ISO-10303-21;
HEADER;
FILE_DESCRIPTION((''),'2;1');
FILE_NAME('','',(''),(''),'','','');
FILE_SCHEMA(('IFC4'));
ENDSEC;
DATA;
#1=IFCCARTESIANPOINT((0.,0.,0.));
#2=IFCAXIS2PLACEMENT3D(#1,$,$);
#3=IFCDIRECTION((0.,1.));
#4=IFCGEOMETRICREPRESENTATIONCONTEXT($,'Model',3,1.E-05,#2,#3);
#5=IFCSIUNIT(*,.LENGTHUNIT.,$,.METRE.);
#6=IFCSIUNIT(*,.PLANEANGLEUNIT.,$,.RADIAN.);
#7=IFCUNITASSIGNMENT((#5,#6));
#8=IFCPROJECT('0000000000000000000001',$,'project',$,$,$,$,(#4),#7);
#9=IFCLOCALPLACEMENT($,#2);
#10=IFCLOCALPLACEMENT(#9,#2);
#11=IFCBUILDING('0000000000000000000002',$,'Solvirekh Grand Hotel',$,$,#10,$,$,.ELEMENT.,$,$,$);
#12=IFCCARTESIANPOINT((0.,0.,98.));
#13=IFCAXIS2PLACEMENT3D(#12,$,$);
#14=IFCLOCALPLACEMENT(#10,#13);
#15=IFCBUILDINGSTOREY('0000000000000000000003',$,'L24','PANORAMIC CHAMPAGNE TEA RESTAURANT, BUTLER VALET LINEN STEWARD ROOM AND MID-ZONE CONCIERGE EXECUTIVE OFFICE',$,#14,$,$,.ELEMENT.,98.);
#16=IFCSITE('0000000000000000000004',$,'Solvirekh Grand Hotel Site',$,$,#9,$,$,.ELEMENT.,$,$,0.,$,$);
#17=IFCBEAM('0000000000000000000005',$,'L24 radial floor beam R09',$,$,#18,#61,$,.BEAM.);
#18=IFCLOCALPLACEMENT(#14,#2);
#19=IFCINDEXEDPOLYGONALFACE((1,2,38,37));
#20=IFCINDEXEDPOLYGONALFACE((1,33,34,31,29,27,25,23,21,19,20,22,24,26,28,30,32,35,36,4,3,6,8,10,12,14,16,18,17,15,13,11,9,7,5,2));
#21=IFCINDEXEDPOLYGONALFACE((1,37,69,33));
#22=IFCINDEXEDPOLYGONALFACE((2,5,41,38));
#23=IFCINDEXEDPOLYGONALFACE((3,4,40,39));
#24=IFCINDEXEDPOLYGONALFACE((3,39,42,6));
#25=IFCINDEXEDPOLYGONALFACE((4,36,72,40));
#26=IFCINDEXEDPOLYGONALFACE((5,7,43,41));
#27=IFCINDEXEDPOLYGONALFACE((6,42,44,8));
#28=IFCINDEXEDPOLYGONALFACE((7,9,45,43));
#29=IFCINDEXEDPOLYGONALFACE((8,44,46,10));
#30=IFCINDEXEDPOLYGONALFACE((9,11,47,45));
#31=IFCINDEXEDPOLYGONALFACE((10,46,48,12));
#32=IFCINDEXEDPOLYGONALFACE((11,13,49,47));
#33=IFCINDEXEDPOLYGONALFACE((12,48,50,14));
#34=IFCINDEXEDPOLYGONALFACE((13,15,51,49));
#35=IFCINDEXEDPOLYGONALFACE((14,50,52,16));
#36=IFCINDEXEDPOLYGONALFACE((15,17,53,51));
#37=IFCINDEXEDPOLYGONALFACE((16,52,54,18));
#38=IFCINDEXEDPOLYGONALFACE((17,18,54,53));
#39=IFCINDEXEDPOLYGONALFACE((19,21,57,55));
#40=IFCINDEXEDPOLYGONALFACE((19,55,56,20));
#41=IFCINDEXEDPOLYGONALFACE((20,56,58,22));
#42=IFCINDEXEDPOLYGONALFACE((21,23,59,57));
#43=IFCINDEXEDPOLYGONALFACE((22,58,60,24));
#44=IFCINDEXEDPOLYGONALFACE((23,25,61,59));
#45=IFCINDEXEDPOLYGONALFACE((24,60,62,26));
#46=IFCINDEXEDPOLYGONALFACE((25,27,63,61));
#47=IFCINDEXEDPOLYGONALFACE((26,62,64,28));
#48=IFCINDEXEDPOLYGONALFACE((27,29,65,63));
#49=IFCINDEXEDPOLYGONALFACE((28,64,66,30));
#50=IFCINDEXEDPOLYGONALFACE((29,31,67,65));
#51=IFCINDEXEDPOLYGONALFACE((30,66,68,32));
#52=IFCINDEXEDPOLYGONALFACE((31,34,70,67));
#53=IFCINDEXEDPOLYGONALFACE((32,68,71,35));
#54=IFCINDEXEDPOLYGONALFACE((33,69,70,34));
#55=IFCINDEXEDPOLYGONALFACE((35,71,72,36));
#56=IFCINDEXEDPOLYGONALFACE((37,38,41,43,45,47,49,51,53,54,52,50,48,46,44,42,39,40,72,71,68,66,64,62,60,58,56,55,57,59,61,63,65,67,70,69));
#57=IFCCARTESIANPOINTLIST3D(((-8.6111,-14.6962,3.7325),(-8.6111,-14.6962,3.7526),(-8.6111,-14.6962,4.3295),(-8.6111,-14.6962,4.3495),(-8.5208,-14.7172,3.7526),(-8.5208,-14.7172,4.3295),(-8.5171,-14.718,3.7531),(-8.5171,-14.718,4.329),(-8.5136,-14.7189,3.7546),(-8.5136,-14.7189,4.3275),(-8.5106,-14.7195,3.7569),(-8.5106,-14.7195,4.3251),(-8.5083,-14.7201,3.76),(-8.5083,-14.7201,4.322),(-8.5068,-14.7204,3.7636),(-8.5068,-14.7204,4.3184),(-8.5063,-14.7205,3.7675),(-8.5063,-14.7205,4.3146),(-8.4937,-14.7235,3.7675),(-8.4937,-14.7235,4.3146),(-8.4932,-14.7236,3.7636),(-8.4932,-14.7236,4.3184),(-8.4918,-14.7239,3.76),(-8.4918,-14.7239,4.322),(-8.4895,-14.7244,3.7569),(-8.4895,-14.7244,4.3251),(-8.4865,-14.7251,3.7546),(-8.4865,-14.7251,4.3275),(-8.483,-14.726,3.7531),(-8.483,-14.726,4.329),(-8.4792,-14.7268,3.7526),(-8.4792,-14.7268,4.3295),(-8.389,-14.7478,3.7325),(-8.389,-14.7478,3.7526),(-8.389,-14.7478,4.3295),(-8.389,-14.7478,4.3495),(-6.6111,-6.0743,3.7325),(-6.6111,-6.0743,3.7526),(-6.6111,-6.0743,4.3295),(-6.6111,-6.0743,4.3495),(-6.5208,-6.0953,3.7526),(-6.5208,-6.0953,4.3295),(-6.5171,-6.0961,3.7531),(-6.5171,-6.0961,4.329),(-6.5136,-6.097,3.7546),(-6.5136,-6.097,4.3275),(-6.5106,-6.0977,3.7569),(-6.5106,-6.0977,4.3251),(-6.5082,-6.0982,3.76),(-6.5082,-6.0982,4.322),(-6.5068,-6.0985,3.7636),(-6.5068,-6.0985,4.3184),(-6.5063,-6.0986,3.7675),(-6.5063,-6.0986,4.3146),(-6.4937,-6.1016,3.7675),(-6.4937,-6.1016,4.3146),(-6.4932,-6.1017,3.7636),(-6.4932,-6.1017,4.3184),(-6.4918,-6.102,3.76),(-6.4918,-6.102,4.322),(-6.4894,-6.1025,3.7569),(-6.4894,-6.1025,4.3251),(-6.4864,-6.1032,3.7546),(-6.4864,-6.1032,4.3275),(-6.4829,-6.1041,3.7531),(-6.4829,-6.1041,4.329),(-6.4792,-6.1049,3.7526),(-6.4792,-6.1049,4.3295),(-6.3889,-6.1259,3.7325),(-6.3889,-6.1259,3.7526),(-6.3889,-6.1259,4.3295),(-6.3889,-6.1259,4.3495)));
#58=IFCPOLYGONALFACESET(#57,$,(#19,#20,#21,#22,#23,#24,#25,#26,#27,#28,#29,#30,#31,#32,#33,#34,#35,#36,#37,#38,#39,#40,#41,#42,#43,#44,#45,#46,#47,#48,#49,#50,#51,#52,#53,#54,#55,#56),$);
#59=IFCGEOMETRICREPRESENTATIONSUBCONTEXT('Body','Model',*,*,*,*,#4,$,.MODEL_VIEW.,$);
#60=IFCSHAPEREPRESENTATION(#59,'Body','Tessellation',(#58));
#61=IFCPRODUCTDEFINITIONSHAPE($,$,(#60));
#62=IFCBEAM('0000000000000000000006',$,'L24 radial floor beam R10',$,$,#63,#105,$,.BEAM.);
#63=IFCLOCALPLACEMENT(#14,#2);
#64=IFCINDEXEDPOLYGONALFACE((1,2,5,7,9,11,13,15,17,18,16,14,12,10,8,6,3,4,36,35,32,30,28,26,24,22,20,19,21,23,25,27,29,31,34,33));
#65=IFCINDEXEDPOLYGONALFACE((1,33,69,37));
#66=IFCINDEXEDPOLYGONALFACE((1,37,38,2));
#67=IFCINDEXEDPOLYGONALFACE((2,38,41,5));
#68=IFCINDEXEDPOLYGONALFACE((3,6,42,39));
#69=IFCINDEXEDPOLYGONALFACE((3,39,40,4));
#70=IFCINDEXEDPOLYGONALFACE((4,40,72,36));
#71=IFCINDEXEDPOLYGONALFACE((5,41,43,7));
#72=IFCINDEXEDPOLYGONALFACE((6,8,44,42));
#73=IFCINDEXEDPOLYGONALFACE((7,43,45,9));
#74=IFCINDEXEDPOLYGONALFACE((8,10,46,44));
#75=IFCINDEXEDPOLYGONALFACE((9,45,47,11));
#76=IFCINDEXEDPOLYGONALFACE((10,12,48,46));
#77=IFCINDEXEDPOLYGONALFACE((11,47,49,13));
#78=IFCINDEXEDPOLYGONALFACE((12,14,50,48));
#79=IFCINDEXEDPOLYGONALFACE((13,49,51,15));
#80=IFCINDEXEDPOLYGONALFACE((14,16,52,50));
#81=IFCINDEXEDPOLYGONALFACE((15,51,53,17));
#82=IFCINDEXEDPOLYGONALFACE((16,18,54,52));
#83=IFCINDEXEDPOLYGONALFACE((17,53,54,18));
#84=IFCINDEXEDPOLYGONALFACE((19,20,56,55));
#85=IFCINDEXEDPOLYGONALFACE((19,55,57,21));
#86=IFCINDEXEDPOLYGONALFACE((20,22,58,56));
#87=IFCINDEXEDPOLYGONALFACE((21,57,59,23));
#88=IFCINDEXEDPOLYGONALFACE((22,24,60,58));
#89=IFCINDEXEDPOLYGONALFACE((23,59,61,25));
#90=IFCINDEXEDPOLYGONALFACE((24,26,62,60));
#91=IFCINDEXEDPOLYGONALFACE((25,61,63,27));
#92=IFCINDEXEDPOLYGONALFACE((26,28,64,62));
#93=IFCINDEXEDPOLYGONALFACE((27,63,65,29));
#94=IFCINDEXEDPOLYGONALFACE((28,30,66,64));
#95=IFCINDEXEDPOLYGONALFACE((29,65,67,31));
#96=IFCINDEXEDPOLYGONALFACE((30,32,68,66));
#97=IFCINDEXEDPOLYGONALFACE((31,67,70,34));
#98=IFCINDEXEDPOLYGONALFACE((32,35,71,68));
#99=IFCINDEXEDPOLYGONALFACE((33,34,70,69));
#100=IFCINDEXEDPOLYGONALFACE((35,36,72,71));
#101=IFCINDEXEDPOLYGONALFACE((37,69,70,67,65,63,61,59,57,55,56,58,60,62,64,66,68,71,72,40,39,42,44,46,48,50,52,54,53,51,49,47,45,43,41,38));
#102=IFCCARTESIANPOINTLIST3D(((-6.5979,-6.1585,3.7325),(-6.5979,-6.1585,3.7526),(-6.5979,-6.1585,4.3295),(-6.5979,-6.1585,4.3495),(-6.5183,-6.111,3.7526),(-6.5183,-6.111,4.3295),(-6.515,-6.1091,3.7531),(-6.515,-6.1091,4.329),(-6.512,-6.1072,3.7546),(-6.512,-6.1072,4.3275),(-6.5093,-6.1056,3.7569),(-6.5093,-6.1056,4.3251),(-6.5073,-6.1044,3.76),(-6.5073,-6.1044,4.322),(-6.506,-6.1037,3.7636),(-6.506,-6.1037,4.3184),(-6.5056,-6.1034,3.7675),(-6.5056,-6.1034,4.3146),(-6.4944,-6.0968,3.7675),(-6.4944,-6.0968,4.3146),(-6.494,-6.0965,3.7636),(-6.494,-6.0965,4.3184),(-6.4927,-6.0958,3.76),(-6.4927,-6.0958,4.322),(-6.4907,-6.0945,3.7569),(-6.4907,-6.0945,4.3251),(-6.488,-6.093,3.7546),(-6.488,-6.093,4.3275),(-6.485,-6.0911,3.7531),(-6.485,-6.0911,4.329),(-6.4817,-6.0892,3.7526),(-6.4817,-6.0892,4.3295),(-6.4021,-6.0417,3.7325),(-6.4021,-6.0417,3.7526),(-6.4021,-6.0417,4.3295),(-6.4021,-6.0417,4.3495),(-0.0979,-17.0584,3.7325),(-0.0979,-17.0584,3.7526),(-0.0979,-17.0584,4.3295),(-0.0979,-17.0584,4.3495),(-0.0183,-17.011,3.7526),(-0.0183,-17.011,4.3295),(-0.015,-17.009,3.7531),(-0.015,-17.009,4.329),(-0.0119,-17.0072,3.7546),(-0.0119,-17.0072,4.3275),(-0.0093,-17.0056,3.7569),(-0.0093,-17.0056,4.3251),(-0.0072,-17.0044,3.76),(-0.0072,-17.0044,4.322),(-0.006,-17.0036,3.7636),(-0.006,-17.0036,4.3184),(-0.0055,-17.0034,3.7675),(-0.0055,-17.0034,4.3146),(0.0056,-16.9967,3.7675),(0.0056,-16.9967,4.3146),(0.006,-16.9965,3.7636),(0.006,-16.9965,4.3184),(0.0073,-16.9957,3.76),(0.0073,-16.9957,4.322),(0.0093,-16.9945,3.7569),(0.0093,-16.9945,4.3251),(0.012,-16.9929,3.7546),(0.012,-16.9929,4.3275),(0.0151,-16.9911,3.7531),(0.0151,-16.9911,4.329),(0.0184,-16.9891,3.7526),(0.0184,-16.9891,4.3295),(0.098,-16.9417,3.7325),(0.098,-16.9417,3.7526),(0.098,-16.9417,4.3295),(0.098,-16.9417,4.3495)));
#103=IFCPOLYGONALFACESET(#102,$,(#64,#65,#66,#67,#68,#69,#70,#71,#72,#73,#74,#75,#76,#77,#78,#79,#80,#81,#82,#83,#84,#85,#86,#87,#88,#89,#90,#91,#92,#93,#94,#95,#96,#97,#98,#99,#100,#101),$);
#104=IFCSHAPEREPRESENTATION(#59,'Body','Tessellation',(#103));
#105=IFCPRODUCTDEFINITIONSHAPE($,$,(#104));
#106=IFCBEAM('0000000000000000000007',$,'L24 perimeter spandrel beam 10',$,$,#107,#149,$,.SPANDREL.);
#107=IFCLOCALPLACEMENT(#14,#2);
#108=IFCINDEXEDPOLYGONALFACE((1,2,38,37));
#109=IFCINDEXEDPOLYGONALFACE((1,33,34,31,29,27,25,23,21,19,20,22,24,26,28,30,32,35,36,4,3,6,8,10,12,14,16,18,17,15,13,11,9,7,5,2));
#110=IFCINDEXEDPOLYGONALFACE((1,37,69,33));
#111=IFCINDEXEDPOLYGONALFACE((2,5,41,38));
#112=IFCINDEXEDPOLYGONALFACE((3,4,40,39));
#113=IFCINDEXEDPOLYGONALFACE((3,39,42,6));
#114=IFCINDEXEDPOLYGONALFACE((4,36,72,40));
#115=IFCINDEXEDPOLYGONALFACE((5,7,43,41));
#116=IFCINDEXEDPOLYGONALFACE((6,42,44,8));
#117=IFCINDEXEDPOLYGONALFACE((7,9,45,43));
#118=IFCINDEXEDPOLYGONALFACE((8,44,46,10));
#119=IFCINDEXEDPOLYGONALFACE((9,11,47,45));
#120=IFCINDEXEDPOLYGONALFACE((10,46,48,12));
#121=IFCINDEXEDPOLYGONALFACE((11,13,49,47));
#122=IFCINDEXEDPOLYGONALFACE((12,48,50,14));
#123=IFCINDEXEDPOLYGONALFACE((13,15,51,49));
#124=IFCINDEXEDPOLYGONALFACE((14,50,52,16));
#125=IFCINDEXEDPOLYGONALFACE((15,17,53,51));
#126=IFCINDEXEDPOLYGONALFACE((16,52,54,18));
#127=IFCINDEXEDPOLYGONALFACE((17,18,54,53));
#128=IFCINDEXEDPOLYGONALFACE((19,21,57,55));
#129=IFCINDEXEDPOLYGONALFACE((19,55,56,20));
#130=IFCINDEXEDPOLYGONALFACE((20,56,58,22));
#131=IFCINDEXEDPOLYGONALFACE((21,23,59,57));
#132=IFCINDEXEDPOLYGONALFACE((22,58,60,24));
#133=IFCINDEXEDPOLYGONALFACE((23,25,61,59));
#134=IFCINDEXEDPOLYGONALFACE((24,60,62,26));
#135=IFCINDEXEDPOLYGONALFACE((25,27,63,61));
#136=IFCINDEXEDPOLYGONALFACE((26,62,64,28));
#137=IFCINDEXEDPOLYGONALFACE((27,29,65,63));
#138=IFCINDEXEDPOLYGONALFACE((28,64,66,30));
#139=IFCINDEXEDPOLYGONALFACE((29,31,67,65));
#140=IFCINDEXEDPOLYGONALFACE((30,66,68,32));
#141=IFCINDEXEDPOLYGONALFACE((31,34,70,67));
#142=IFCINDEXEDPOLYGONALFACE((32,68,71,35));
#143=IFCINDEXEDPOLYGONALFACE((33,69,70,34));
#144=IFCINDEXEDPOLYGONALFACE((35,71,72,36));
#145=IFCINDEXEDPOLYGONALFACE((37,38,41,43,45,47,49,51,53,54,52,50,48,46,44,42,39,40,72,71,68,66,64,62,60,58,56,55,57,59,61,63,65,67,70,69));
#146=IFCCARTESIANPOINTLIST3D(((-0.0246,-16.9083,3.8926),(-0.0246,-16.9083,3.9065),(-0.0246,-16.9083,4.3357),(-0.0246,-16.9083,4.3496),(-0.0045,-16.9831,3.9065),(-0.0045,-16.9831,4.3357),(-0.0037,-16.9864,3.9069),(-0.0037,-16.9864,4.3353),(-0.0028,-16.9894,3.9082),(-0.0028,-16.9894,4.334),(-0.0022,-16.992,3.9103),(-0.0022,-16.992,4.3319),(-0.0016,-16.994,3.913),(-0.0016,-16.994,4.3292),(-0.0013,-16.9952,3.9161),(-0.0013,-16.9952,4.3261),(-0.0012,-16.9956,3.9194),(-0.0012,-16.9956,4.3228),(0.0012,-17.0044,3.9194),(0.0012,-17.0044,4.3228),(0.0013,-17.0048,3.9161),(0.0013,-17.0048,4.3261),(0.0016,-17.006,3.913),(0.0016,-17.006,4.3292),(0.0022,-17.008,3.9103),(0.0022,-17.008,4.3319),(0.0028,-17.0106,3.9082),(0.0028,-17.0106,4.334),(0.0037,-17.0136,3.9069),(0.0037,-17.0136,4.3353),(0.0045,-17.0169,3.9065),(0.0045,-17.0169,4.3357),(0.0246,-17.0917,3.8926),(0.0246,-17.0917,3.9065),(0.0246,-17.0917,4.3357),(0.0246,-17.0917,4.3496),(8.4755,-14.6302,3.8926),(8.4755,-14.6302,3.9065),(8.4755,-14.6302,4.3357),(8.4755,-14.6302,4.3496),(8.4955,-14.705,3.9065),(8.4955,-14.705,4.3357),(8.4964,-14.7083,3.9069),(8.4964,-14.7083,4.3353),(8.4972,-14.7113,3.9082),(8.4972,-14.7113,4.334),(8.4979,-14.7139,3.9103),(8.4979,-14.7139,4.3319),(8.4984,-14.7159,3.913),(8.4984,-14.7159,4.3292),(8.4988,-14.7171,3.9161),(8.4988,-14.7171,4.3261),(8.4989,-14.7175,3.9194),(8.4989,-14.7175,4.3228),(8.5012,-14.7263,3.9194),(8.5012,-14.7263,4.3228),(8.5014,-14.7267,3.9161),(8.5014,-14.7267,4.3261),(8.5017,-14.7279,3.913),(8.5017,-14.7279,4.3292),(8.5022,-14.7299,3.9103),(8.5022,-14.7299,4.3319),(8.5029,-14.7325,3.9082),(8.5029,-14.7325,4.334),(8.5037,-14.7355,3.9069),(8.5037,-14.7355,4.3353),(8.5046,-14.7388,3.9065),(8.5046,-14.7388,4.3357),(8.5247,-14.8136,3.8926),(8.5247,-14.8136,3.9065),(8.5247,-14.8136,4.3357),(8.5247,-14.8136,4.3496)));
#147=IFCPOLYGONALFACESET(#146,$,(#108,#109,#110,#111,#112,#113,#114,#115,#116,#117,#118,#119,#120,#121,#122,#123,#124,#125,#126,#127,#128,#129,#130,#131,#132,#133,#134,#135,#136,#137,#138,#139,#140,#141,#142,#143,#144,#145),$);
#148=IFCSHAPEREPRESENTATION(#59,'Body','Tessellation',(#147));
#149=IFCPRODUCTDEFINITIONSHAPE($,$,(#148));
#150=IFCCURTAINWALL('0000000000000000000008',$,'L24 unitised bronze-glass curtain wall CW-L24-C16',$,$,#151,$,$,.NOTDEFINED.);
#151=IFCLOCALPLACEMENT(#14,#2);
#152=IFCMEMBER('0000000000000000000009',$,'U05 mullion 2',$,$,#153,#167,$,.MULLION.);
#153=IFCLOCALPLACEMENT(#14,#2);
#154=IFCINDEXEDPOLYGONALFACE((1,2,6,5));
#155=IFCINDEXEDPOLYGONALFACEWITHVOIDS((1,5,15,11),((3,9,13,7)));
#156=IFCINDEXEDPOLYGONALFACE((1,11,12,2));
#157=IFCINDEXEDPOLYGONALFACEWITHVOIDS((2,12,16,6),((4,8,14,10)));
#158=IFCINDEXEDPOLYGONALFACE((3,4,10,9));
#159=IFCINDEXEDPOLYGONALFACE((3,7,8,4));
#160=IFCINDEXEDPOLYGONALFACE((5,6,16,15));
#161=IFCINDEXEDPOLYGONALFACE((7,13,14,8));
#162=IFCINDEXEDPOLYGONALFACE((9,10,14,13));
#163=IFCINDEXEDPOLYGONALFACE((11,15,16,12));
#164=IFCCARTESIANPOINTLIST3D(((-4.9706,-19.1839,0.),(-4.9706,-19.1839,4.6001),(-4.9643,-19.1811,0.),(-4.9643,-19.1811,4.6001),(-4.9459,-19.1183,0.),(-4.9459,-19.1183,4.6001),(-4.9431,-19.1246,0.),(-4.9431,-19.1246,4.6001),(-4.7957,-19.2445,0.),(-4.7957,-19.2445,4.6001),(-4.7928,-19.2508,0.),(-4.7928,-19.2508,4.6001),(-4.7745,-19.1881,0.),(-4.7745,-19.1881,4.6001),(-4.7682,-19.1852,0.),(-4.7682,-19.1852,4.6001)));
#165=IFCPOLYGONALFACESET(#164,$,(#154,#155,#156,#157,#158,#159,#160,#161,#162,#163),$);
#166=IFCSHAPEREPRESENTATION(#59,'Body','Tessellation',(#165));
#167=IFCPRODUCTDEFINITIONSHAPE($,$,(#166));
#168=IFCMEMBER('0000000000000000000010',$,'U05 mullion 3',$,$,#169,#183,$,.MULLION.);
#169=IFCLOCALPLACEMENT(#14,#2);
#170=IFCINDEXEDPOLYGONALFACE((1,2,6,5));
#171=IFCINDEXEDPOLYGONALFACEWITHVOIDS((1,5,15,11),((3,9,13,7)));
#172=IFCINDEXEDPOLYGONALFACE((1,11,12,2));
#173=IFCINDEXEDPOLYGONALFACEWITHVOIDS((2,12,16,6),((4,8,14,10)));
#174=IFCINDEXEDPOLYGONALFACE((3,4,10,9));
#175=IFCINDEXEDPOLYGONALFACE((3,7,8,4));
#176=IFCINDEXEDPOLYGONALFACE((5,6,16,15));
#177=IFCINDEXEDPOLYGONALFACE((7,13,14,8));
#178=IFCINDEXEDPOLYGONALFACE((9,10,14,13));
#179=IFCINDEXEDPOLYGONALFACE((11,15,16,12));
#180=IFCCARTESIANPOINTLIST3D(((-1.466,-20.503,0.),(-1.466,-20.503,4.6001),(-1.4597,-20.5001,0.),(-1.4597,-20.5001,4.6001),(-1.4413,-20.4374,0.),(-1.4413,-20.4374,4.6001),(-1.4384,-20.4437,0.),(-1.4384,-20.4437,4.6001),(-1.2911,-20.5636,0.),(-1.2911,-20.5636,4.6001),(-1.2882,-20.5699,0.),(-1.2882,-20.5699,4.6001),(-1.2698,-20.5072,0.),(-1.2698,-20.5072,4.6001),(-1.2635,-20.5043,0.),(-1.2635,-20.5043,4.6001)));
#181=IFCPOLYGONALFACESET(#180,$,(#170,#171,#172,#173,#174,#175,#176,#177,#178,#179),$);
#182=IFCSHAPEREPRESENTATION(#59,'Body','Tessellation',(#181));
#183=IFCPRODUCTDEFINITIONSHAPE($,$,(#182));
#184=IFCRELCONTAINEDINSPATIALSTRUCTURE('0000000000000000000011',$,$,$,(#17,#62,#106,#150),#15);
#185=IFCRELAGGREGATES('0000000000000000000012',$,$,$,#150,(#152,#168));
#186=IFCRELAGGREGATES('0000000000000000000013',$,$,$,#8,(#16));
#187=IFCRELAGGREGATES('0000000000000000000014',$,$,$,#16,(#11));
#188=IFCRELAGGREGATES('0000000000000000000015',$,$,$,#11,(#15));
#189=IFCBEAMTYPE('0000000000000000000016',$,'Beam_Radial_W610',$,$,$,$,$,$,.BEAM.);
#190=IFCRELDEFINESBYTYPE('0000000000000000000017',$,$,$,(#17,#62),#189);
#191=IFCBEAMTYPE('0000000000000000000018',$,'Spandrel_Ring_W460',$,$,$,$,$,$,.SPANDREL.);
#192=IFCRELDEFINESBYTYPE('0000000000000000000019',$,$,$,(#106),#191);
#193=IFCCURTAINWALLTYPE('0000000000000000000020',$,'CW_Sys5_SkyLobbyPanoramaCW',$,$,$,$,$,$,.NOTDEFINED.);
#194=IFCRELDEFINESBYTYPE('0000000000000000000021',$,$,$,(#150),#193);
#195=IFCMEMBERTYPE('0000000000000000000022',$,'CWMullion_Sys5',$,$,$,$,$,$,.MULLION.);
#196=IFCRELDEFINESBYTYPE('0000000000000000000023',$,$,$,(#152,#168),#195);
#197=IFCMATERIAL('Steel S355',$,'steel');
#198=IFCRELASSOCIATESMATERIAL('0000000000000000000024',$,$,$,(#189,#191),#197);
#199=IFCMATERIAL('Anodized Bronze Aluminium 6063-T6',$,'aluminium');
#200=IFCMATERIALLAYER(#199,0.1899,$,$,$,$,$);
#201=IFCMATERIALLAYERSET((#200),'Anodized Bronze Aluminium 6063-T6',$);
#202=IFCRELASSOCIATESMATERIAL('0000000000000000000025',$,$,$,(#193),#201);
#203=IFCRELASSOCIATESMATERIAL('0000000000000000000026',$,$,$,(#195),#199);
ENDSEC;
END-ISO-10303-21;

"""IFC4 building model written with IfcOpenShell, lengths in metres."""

from ifc_helpers import new_model, si_unit, direction, frame, origin, origin_2d, place, context, subcontext, project, spatial, hollow_rectangle, i_section, extrude, source, transform, mapped, material, layer, layer_set, material_profile, profile_set, type_object, element, aggregate, save


model = new_model("IFC4")

# Units and contexts
model_context = context("Model", 3, precision=1e-05, world=origin(), true_north=direction((0.0, 1.0)))
body_context = subcontext(model_context, "Body", "Model", "MODEL_VIEW")
ifc_project = project(units=[si_unit("LENGTHUNIT", "METRE"), si_unit("PLANEANGLEUNIT", "RADIAN")], contexts=[model_context])

# Site, building, storey
site_placement = place(None, origin())
site = spatial("IfcSite", under=ifc_project, at=site_placement, Name="Solvirekh Grand Hotel Site", CompositionType="ELEMENT", RefElevation=0.0)
building_placement = place(site_placement, origin())
building = spatial("IfcBuilding", under=site, at=building_placement, Name="Solvirekh Grand Hotel", CompositionType="ELEMENT")
storey_placement = place(building_placement, frame((0.0, 0.0, 98.0)))
storey = spatial("IfcBuildingStorey", under=building, at=storey_placement, Name="L24", Description="PANORAMIC CHAMPAGNE TEA RESTAURANT, BUTLER VALET LINEN STEWARD ROOM AND MID-ZONE CONCIERGE EXECUTIVE OFFICE", CompositionType="ELEMENT", Elevation=98.0)

# Beams
ifc_material_1 = material(Name="Steel S355", Category="steel")
ifc_material_profile_1 = material_profile(ifc_material_1, i_section(OverallWidth=0.228, OverallDepth=0.6169, WebThickness=0.0129, FlangeThickness=0.02, FilletRadius=0.0149, at=origin_2d()), Name="W610X140")
ifc_profile_set_1 = profile_set([ifc_material_profile_1], Name="Steel S355")
beam_type_1 = type_object("IfcBeamType", Name="Beam_Radial_W610", PredefinedType="BEAM", material=ifc_profile_set_1)
beam_1_placement = place(storey_placement, frame((-6.5, -6.1001, 4.041), z_axis=(-0.225969, -0.974134, 0.0), x_axis=(0.974134, -0.225969, 0.0)))
element("IfcBeam", 1, at=beam_1_placement, inside=storey, type_object=beam_type_1, Name="L24 radial floor beam R09", PredefinedType="BEAM", context=body_context, shape_type="SweptSolid", body=[
    extrude(i_section(OverallWidth=0.228, OverallDepth=0.6169, WebThickness=0.0129, FlangeThickness=0.02, FilletRadius=0.0149, at=origin_2d()), origin(), (0.0, 0.0, 1.0), 8.8508),
])
beam_2_placement = place(storey_placement, frame((-6.5, -6.1001, 4.041), z_axis=(0.51218, -0.858878, 0.0), x_axis=(0.858878, 0.51218, 0.0)))
element("IfcBeam", 2, at=beam_2_placement, inside=storey, type_object=beam_type_1, Name="L24 radial floor beam R10", PredefinedType="BEAM", context=body_context, shape_type="SweptSolid", body=[
    extrude(i_section(OverallWidth=0.228, OverallDepth=0.6169, WebThickness=0.0129, FlangeThickness=0.02, FilletRadius=0.0149, at=origin_2d()), origin(), (0.0, 0.0, 1.0), 12.6909),
])
ifc_material_profile_2 = material_profile(ifc_material_1, i_section(OverallWidth=0.1899, OverallDepth=0.457, WebThickness=0.009, FlangeThickness=0.0139, FilletRadius=0.0129, at=origin_2d()), Name="W460X74")
ifc_profile_set_2 = profile_set([ifc_material_profile_2], Name="Steel S355")
beam_type_2 = type_object("IfcBeamType", Name="Spandrel_Ring_W460", PredefinedType="SPANDREL", material=ifc_profile_set_2)
beam_3_placement = place(storey_placement, frame((0.0, -17.0, 4.1211), z_axis=(0.965911, 0.258873, 0.0), x_axis=(-0.258873, 0.965911, 0.0)))
element("IfcBeam", 3, at=beam_3_placement, inside=storey, type_object=beam_type_2, Name="L24 perimeter spandrel beam 10", PredefinedType="SPANDREL", context=body_context, shape_type="SweptSolid", body=[
    extrude(i_section(OverallWidth=0.1899, OverallDepth=0.457, WebThickness=0.009, FlangeThickness=0.0139, FilletRadius=0.0129, at=origin_2d()), origin(), (0.0, 0.0, 1.0), 8.8),
])

# Curtain wall, members
ifc_material_2 = material(Name="Anodized Bronze Aluminium 6063-T6", Category="aluminium")
ifc_layer_1 = layer(ifc_material_2, 0.1899)
ifc_layer_set_1 = layer_set([ifc_layer_1], Name="Anodized Bronze Aluminium 6063-T6")
curtain_wall_type = type_object("IfcCurtainWallType", Name="CW_Sys5_SkyLobbyPanoramaCW", PredefinedType="NOTDEFINED", material=ifc_layer_set_1)
curtain_wall_1_placement = place(storey_placement, origin())
curtain_wall_1 = element("IfcCurtainWall", 4, at=curtain_wall_1_placement, inside=storey, type_object=curtain_wall_type, Name="L24 unitised bronze-glass curtain wall CW-L24-C16", PredefinedType="NOTDEFINED")
ifc_material_profile_3 = material_profile(ifc_material_2, hollow_rectangle(XDim=0.0701, YDim=0.1899, WallThickness=0.0049, at=origin_2d()), Name="ALU RHS 190X70X5")
ifc_profile_set_3 = profile_set([ifc_material_profile_3], Name="Anodized Bronze Aluminium 6063-T6")
member_type_1 = type_object("IfcMemberType", Name="CWMullion_Sys5", PredefinedType="MULLION", material=ifc_profile_set_3)
shared_shape_1 = source(origin(), body_context, "Body", "SweptSolid", [
    extrude(hollow_rectangle(XDim=0.0701, YDim=0.1899, WallThickness=0.0049, at=origin_2d()), origin(), (0.0, 0.0, 1.0), 4.6001),
])
member_1_placement = place(storey_placement, frame((-4.8694, -19.1846, 0.0), z_axis=(0.0, 0.0, 1.0), x_axis=(0.352268, 0.935899, 0.0)))
member_1 = element("IfcMember", 5, at=member_1_placement, type_object=member_type_1, Name="U05 mullion 2", PredefinedType="MULLION", context=body_context, shape_type="MappedRepresentation", body=[
    mapped(shared_shape_1, transform((0.0, 0.0, 0.0), x_axis=(1.0, 0.0, 0.0), y_axis=(0.0, 1.0, 0.0), z_axis=(0.0, 0.0, 1.0), scale=1.0)),
])
member_2_placement = place(storey_placement, frame((-1.3647, -20.5037, 0.0), z_axis=(0.0, 0.0, 1.0), x_axis=(0.352268, 0.935899, 0.0)))
member_2 = element("IfcMember", 6, at=member_2_placement, type_object=member_type_1, Name="U05 mullion 3", PredefinedType="MULLION", context=body_context, shape_type="MappedRepresentation", body=[
    mapped(shared_shape_1, transform((0.0, 0.0, 0.0), x_axis=(1.0, 0.0, 0.0), y_axis=(0.0, 1.0, 0.0), z_axis=(0.0, 0.0, 1.0), scale=1.0)),
])

aggregate(curtain_wall_1, [member_1, member_2])

save(model, "model.ifc")
